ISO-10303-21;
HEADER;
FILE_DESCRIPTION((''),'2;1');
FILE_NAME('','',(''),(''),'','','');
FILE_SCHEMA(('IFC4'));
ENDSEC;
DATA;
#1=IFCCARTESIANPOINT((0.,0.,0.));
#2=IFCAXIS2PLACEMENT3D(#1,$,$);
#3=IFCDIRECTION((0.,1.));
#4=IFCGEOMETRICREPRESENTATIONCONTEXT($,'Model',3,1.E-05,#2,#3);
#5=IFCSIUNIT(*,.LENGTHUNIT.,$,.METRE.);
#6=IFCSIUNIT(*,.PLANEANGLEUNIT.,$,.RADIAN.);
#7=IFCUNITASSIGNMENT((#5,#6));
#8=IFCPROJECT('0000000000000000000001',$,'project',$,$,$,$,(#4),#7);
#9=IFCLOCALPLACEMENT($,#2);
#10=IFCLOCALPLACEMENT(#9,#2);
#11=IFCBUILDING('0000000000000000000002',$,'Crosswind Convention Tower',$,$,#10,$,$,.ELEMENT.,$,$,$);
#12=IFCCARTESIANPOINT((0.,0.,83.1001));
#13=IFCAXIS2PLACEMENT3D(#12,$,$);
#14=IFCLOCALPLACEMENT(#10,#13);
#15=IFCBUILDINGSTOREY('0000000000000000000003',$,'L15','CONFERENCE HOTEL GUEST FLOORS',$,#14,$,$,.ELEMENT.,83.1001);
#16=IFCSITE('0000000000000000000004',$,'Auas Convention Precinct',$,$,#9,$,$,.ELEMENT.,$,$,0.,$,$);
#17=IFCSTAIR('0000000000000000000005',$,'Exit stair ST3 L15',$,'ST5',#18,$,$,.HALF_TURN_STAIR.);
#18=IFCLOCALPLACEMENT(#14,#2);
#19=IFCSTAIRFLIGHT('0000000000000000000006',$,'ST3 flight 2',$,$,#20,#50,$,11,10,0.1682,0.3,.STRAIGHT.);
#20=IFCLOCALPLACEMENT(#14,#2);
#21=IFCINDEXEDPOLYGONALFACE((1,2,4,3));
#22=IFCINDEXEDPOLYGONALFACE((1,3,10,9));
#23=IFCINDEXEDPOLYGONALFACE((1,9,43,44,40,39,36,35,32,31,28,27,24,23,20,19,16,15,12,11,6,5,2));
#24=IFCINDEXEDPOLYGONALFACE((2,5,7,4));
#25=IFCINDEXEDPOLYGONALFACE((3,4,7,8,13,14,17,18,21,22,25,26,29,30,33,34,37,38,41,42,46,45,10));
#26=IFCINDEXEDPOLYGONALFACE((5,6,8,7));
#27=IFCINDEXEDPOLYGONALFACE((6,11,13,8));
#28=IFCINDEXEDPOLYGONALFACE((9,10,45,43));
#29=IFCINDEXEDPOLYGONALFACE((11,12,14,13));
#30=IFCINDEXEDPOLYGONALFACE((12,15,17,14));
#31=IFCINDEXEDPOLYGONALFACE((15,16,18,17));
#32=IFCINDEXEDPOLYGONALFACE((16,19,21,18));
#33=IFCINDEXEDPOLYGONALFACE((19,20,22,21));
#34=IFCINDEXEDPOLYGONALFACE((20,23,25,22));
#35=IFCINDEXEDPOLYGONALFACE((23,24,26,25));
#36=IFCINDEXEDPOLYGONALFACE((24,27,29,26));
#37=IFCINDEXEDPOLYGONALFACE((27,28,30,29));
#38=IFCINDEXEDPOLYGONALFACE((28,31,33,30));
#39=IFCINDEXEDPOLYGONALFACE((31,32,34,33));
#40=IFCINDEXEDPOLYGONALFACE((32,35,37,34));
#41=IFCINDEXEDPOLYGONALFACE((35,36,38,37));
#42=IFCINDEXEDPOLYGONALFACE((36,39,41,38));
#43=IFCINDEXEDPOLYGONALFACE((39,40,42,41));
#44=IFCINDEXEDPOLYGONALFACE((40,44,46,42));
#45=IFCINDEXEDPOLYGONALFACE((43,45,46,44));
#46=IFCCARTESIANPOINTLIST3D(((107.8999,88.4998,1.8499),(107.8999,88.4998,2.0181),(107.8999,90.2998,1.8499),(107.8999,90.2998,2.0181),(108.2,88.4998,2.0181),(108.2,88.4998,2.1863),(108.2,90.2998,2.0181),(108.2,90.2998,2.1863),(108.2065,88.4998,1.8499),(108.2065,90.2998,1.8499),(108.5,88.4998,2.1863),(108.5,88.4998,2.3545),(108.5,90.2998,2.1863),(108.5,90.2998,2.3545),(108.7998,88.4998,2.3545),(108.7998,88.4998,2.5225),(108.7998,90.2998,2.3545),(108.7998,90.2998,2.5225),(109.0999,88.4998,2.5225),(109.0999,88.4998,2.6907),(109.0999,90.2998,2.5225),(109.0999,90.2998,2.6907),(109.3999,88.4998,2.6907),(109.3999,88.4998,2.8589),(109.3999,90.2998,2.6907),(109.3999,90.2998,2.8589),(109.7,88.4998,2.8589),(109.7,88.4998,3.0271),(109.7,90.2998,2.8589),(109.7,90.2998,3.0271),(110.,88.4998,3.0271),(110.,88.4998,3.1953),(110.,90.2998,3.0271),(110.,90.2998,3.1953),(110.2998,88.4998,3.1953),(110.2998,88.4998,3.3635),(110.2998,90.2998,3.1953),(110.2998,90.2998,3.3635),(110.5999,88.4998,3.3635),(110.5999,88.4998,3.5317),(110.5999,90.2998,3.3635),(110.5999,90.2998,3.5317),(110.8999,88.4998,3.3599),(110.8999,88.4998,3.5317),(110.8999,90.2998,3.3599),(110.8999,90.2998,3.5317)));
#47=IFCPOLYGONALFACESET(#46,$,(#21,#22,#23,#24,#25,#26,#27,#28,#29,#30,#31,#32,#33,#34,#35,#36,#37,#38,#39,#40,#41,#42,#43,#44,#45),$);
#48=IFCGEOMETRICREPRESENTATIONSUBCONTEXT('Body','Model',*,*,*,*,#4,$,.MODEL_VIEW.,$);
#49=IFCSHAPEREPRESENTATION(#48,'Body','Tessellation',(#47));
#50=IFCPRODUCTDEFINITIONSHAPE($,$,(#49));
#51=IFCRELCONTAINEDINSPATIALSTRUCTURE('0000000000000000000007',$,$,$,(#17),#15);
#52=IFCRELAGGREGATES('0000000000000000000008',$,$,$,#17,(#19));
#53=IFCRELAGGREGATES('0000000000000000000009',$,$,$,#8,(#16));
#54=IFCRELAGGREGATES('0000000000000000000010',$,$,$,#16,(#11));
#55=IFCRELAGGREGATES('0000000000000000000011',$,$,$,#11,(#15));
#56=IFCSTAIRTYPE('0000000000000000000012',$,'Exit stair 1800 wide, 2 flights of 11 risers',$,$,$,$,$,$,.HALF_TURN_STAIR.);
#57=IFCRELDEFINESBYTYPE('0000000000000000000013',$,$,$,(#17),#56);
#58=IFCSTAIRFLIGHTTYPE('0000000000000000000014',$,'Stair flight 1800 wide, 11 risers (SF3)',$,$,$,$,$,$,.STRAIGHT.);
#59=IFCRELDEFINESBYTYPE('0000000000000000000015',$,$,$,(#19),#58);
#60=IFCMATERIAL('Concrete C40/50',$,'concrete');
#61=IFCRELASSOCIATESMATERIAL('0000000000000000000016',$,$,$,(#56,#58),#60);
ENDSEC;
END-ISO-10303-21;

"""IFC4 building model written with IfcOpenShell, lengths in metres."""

from ifc_helpers import new_model, si_unit, direction, frame, origin, place, context, subcontext, project, spatial, polyline, outline, extrude, material, type_object, element, aggregate, save


model = new_model("IFC4")

# Units and contexts
model_context = context("Model", 3, precision=1e-05, world=origin(), true_north=direction((0.0, 1.0)))
body_context = subcontext(model_context, "Body", "Model", "MODEL_VIEW")
ifc_project = project(units=[si_unit("LENGTHUNIT", "METRE"), si_unit("PLANEANGLEUNIT", "RADIAN")], contexts=[model_context])

# Site, building, storey
site_placement = place(None, origin())
site = spatial("IfcSite", under=ifc_project, at=site_placement, Name="Auas Convention Precinct", CompositionType="ELEMENT", RefElevation=0.0)
building_placement = place(site_placement, origin())
building = spatial("IfcBuilding", under=site, at=building_placement, Name="Crosswind Convention Tower", CompositionType="ELEMENT")
storey_placement = place(building_placement, frame((0.0, 0.0, 83.1001)))
storey = spatial("IfcBuildingStorey", under=building, at=storey_placement, Name="L15", Description="CONFERENCE HOTEL GUEST FLOORS", CompositionType="ELEMENT", Elevation=83.1001)

# Stair, stair flight
ifc_material_1 = material(Name="Concrete C40/50", Category="concrete")
stair_type = type_object("IfcStairType", Name="Exit stair 1800 wide, 2 flights of 11 risers", PredefinedType="HALF_TURN_STAIR", material=ifc_material_1)
stair_placement = place(storey_placement, origin())
stair = element("IfcStair", 1, at=stair_placement, inside=storey, type_object=stair_type, Name="Exit stair ST3 L15", ObjectType="ST5", PredefinedType="HALF_TURN_STAIR")
stair_flight_type = type_object("IfcStairFlightType", Name="Stair flight 1800 wide, 11 risers (SF3)", PredefinedType="STRAIGHT", material=ifc_material_1)
stair_flight_1_placement = place(storey_placement, frame((107.8999, 89.3999, 1.8499), z_axis=(0.0, 0.0, 1.0), x_axis=(1.0, 0.0, 0.0)))
stair_flight_1 = element("IfcStairFlight", 2, at=stair_flight_1_placement, type_object=stair_flight_type, Name="ST3 flight 2", NumberOfRisers=11, NumberOfTreads=10, PredefinedType="STRAIGHT", RiserHeight=0.1682, TreadLength=0.3, context=body_context, shape_type="SweptSolid", body=[
    extrude(outline(polyline([(0.0, 0.0), (0.0, 0.1682), (0.3, 0.1682), (0.3, 0.3364), (0.6001, 0.3364), (0.6001, 0.5046), (0.8999, 0.5046), (0.8999, 0.6726), (1.2, 0.6726), (1.2, 0.8408), (1.5, 0.8408), (1.5, 1.009), (1.8, 1.009), (1.8, 1.1772), (2.1001, 1.1772), (2.1001, 1.3455), (2.3999, 1.3455), (2.3999, 1.5137), (2.7, 1.5137), (2.7, 1.6819), (3.0, 1.6819), (3.0, 1.8501), (3.0, 1.51), (0.3066, 0.0), (0.0, 0.0)])), frame((0.0, 0.8999, 0.0), z_axis=(0.0, -1.0, 0.0), x_axis=(1.0, 0.0, 0.0)), (0.0, 0.0, 1.0), 1.8),
])
aggregate(stair, [stair_flight_1])

save(model, "model.ifc")
